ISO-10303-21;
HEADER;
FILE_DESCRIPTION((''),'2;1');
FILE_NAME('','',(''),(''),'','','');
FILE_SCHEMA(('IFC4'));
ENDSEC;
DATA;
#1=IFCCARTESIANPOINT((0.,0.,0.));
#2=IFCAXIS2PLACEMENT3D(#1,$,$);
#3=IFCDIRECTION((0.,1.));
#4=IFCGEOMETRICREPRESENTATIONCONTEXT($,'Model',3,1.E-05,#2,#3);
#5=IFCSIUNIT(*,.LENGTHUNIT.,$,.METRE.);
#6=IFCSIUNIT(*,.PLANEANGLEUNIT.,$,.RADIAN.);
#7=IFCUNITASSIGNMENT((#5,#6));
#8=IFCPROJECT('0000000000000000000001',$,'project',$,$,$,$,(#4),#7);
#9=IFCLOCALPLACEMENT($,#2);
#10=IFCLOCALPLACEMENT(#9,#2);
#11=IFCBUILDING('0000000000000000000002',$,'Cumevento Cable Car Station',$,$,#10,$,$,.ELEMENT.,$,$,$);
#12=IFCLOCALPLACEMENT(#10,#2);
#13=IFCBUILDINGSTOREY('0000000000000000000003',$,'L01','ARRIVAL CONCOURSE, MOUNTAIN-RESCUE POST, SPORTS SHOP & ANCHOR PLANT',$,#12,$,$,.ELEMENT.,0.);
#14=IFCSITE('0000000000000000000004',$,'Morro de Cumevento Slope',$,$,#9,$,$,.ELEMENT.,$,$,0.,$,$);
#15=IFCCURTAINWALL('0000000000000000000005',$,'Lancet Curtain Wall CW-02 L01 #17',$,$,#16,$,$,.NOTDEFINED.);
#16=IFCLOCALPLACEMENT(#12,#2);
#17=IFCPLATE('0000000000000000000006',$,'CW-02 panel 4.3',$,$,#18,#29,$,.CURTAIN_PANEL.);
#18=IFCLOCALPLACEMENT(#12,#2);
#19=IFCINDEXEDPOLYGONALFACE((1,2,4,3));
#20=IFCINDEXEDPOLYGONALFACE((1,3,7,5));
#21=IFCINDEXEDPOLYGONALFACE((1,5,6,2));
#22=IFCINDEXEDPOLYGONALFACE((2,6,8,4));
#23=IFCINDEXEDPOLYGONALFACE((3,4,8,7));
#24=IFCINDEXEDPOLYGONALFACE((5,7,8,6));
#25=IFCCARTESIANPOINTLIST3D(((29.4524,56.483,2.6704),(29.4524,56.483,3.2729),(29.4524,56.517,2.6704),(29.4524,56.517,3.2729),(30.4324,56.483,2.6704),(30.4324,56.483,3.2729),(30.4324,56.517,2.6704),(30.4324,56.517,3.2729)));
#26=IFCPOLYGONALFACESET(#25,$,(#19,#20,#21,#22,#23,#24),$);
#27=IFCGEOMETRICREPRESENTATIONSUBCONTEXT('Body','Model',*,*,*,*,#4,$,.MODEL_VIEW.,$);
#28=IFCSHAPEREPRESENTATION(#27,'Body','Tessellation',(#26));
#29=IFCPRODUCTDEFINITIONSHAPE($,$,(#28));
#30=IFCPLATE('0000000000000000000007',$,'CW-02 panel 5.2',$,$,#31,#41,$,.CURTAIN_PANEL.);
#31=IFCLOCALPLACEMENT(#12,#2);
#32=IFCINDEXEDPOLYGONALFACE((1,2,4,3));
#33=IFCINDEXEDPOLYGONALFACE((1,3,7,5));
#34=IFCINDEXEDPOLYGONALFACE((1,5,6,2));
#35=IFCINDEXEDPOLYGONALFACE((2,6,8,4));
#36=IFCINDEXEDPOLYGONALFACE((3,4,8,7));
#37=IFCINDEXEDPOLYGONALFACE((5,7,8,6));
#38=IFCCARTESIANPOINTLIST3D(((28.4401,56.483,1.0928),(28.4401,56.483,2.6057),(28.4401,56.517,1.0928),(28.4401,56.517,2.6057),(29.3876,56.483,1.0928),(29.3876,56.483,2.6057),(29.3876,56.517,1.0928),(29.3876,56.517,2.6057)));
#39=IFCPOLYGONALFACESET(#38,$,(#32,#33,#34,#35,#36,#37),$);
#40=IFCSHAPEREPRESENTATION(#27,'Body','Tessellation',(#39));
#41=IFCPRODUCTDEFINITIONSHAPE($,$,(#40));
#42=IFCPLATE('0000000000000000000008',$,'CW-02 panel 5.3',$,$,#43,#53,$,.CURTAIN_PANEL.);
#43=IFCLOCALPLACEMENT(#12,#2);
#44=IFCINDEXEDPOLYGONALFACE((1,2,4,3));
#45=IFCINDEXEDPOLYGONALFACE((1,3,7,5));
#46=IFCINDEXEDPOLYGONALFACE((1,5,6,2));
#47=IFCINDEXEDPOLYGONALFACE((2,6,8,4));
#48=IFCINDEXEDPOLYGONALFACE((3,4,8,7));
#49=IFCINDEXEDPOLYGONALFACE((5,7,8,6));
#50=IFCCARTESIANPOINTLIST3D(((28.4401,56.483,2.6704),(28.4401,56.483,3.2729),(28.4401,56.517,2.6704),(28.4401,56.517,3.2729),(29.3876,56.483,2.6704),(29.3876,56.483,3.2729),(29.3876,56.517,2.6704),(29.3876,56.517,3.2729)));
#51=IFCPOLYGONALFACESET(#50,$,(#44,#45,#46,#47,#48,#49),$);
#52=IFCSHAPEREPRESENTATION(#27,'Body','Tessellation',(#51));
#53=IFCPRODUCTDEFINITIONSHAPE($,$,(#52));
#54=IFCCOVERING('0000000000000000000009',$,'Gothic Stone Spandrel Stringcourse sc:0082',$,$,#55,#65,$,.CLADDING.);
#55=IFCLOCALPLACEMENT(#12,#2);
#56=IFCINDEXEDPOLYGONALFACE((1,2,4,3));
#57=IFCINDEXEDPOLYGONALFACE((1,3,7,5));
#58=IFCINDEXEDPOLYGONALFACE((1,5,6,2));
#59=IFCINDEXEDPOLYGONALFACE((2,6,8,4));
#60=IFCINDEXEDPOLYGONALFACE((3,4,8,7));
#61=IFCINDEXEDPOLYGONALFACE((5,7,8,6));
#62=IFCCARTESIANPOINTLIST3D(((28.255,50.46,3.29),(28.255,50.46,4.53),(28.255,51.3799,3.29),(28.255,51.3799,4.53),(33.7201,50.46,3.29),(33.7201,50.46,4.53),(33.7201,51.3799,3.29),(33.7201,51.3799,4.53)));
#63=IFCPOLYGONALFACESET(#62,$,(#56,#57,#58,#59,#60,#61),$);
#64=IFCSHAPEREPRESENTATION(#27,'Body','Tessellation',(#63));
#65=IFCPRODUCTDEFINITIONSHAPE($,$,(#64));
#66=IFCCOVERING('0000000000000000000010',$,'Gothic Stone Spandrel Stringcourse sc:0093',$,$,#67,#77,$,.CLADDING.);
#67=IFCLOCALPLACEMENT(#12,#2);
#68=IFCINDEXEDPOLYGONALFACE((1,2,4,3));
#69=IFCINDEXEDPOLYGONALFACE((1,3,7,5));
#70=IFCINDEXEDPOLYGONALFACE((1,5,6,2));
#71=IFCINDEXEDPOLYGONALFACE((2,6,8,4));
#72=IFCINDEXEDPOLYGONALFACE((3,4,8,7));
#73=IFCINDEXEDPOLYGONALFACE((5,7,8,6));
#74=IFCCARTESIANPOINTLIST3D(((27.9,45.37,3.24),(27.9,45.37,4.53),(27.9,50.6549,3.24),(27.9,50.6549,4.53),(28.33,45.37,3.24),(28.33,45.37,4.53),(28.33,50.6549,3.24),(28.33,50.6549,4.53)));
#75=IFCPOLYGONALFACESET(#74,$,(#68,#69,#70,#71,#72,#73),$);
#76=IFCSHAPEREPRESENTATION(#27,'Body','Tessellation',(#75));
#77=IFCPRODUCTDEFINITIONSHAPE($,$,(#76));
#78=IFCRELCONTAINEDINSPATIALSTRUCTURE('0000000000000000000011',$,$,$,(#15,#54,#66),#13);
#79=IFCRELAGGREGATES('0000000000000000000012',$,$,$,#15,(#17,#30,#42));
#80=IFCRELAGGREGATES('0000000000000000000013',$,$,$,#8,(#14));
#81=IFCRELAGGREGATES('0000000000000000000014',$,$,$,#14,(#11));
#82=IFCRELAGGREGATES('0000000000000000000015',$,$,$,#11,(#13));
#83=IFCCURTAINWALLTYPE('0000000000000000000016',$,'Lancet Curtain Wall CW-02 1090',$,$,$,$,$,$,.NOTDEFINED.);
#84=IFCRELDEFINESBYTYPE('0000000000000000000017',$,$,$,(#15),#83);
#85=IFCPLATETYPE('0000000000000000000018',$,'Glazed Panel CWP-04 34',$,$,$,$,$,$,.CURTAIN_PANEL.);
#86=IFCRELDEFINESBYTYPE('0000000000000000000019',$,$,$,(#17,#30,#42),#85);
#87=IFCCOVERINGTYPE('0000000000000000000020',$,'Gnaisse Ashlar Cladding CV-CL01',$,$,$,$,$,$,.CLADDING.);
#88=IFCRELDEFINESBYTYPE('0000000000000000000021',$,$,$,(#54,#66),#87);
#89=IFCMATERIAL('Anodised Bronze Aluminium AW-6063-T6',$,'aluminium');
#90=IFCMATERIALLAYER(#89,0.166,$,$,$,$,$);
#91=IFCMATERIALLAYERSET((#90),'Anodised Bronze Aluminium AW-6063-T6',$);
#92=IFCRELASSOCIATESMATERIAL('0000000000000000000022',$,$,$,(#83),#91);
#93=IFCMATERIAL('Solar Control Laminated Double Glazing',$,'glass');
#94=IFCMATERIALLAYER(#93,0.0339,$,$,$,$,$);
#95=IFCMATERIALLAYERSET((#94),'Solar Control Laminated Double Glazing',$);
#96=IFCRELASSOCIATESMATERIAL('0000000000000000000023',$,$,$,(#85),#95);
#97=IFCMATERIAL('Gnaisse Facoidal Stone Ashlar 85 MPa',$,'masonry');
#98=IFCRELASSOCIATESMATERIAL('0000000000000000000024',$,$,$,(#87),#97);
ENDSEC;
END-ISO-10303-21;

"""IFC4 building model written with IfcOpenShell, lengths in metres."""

from ifc_helpers import new_model, si_unit, direction, frame, origin, origin_2d, place, context, subcontext, project, spatial, rectangle, extrude, material, layer, layer_set, type_object, element, aggregate, save


model = new_model("IFC4")

# Units and contexts
model_context = context("Model", 3, precision=1e-05, world=origin(), true_north=direction((0.0, 1.0)))
body_context = subcontext(model_context, "Body", "Model", "MODEL_VIEW")
ifc_project = project(units=[si_unit("LENGTHUNIT", "METRE"), si_unit("PLANEANGLEUNIT", "RADIAN")], contexts=[model_context])

# Site, building, storey
site_placement = place(None, origin())
site = spatial("IfcSite", under=ifc_project, at=site_placement, Name="Morro de Cumevento Slope", CompositionType="ELEMENT", RefElevation=0.0)
building_placement = place(site_placement, origin())
building = spatial("IfcBuilding", under=site, at=building_placement, Name="Cumevento Cable Car Station", CompositionType="ELEMENT")
storey_placement = place(building_placement, origin())
storey = spatial("IfcBuildingStorey", under=building, at=storey_placement, Name="L01", Description="ARRIVAL CONCOURSE, MOUNTAIN-RESCUE POST, SPORTS SHOP & ANCHOR PLANT", CompositionType="ELEMENT", Elevation=0.0)

# Curtain wall
ifc_material_1 = material(Name="Anodised Bronze Aluminium AW-6063-T6", Category="aluminium")
ifc_layer_1 = layer(ifc_material_1, 0.166)
ifc_layer_set_1 = layer_set([ifc_layer_1], Name="Anodised Bronze Aluminium AW-6063-T6")
curtain_wall_type_1 = type_object("IfcCurtainWallType", Name="Lancet Curtain Wall CW-02 1090", PredefinedType="NOTDEFINED", material=ifc_layer_set_1)
curtain_wall_1_placement = place(storey_placement, origin())
curtain_wall_1 = element("IfcCurtainWall", 1, at=curtain_wall_1_placement, inside=storey, type_object=curtain_wall_type_1, Name="Lancet Curtain Wall CW-02 L01 #17", PredefinedType="NOTDEFINED")

# Plates
ifc_material_2 = material(Name="Solar Control Laminated Double Glazing", Category="glass")
ifc_layer_2 = layer(ifc_material_2, 0.0339)
ifc_layer_set_2 = layer_set([ifc_layer_2], Name="Solar Control Laminated Double Glazing")
plate_type_1 = type_object("IfcPlateType", Name="Glazed Panel CWP-04 34", PredefinedType="CURTAIN_PANEL", material=ifc_layer_set_2)
plate_1_placement = place(storey_placement, frame((29.9424, 56.5, 2.6704), z_axis=(0.0, 0.0, 1.0), x_axis=(-1.0, 0.0, 0.0)))
plate_1 = element("IfcPlate", 2, at=plate_1_placement, type_object=plate_type_1, Name="CW-02 panel 4.3", PredefinedType="CURTAIN_PANEL", context=body_context, shape_type="SweptSolid", body=[
    extrude(rectangle(XDim=0.98, YDim=0.0339, at=origin_2d()), origin(), (0.0, 0.0, 1.0), 0.6025),
])
plate_2_placement = place(storey_placement, frame((28.9138, 56.5, 1.0928), z_axis=(0.0, 0.0, 1.0), x_axis=(-1.0, 0.0, 0.0)))
plate_2 = element("IfcPlate", 3, at=plate_2_placement, type_object=plate_type_1, Name="CW-02 panel 5.2", PredefinedType="CURTAIN_PANEL", context=body_context, shape_type="SweptSolid", body=[
    extrude(rectangle(XDim=0.9475, YDim=0.0339, at=origin_2d()), origin(), (0.0, 0.0, 1.0), 1.5129),
])
plate_3_placement = place(storey_placement, frame((28.9138, 56.5, 2.6704), z_axis=(0.0, 0.0, 1.0), x_axis=(-1.0, 0.0, 0.0)))
plate_3 = element("IfcPlate", 4, at=plate_3_placement, type_object=plate_type_1, Name="CW-02 panel 5.3", PredefinedType="CURTAIN_PANEL", context=body_context, shape_type="SweptSolid", body=[
    extrude(rectangle(XDim=0.9475, YDim=0.0339, at=origin_2d()), origin(), (0.0, 0.0, 1.0), 0.6025),
])
aggregate(curtain_wall_1, [plate_1, plate_2, plate_3])

# Coverings
ifc_material_3 = material(Name="Gnaisse Facoidal Stone Ashlar 85 MPa", Category="masonry")
covering_type = type_object("IfcCoveringType", Name="Gnaisse Ashlar Cladding CV-CL01", PredefinedType="CLADDING", material=ifc_material_3)
covering_1_placement = place(storey_placement, frame((30.9875, 50.9199, 3.29), z_axis=(0.0, 0.0, 1.0), x_axis=(1.0, 0.0, 0.0)))
element("IfcCovering", 5, at=covering_1_placement, inside=storey, type_object=covering_type, Name="Gothic Stone Spandrel Stringcourse sc:0082", PredefinedType="CLADDING", context=body_context, shape_type="SweptSolid", body=[
    extrude(rectangle(XDim=5.4651, YDim=0.9199, at=origin_2d()), origin(), (0.0, 0.0, 1.0), 1.24),
])
covering_2_placement = place(storey_placement, frame((28.115, 48.0125, 3.24), z_axis=(0.0, 0.0, 1.0), x_axis=(0.0, 1.0, 0.0)))
element("IfcCovering", 6, at=covering_2_placement, inside=storey, type_object=covering_type, Name="Gothic Stone Spandrel Stringcourse sc:0093", PredefinedType="CLADDING", context=body_context, shape_type="SweptSolid", body=[
    extrude(rectangle(XDim=5.2849, YDim=0.4299, at=origin_2d()), origin(), (0.0, 0.0, 1.0), 1.29),
])

save(model, "model.ifc")
